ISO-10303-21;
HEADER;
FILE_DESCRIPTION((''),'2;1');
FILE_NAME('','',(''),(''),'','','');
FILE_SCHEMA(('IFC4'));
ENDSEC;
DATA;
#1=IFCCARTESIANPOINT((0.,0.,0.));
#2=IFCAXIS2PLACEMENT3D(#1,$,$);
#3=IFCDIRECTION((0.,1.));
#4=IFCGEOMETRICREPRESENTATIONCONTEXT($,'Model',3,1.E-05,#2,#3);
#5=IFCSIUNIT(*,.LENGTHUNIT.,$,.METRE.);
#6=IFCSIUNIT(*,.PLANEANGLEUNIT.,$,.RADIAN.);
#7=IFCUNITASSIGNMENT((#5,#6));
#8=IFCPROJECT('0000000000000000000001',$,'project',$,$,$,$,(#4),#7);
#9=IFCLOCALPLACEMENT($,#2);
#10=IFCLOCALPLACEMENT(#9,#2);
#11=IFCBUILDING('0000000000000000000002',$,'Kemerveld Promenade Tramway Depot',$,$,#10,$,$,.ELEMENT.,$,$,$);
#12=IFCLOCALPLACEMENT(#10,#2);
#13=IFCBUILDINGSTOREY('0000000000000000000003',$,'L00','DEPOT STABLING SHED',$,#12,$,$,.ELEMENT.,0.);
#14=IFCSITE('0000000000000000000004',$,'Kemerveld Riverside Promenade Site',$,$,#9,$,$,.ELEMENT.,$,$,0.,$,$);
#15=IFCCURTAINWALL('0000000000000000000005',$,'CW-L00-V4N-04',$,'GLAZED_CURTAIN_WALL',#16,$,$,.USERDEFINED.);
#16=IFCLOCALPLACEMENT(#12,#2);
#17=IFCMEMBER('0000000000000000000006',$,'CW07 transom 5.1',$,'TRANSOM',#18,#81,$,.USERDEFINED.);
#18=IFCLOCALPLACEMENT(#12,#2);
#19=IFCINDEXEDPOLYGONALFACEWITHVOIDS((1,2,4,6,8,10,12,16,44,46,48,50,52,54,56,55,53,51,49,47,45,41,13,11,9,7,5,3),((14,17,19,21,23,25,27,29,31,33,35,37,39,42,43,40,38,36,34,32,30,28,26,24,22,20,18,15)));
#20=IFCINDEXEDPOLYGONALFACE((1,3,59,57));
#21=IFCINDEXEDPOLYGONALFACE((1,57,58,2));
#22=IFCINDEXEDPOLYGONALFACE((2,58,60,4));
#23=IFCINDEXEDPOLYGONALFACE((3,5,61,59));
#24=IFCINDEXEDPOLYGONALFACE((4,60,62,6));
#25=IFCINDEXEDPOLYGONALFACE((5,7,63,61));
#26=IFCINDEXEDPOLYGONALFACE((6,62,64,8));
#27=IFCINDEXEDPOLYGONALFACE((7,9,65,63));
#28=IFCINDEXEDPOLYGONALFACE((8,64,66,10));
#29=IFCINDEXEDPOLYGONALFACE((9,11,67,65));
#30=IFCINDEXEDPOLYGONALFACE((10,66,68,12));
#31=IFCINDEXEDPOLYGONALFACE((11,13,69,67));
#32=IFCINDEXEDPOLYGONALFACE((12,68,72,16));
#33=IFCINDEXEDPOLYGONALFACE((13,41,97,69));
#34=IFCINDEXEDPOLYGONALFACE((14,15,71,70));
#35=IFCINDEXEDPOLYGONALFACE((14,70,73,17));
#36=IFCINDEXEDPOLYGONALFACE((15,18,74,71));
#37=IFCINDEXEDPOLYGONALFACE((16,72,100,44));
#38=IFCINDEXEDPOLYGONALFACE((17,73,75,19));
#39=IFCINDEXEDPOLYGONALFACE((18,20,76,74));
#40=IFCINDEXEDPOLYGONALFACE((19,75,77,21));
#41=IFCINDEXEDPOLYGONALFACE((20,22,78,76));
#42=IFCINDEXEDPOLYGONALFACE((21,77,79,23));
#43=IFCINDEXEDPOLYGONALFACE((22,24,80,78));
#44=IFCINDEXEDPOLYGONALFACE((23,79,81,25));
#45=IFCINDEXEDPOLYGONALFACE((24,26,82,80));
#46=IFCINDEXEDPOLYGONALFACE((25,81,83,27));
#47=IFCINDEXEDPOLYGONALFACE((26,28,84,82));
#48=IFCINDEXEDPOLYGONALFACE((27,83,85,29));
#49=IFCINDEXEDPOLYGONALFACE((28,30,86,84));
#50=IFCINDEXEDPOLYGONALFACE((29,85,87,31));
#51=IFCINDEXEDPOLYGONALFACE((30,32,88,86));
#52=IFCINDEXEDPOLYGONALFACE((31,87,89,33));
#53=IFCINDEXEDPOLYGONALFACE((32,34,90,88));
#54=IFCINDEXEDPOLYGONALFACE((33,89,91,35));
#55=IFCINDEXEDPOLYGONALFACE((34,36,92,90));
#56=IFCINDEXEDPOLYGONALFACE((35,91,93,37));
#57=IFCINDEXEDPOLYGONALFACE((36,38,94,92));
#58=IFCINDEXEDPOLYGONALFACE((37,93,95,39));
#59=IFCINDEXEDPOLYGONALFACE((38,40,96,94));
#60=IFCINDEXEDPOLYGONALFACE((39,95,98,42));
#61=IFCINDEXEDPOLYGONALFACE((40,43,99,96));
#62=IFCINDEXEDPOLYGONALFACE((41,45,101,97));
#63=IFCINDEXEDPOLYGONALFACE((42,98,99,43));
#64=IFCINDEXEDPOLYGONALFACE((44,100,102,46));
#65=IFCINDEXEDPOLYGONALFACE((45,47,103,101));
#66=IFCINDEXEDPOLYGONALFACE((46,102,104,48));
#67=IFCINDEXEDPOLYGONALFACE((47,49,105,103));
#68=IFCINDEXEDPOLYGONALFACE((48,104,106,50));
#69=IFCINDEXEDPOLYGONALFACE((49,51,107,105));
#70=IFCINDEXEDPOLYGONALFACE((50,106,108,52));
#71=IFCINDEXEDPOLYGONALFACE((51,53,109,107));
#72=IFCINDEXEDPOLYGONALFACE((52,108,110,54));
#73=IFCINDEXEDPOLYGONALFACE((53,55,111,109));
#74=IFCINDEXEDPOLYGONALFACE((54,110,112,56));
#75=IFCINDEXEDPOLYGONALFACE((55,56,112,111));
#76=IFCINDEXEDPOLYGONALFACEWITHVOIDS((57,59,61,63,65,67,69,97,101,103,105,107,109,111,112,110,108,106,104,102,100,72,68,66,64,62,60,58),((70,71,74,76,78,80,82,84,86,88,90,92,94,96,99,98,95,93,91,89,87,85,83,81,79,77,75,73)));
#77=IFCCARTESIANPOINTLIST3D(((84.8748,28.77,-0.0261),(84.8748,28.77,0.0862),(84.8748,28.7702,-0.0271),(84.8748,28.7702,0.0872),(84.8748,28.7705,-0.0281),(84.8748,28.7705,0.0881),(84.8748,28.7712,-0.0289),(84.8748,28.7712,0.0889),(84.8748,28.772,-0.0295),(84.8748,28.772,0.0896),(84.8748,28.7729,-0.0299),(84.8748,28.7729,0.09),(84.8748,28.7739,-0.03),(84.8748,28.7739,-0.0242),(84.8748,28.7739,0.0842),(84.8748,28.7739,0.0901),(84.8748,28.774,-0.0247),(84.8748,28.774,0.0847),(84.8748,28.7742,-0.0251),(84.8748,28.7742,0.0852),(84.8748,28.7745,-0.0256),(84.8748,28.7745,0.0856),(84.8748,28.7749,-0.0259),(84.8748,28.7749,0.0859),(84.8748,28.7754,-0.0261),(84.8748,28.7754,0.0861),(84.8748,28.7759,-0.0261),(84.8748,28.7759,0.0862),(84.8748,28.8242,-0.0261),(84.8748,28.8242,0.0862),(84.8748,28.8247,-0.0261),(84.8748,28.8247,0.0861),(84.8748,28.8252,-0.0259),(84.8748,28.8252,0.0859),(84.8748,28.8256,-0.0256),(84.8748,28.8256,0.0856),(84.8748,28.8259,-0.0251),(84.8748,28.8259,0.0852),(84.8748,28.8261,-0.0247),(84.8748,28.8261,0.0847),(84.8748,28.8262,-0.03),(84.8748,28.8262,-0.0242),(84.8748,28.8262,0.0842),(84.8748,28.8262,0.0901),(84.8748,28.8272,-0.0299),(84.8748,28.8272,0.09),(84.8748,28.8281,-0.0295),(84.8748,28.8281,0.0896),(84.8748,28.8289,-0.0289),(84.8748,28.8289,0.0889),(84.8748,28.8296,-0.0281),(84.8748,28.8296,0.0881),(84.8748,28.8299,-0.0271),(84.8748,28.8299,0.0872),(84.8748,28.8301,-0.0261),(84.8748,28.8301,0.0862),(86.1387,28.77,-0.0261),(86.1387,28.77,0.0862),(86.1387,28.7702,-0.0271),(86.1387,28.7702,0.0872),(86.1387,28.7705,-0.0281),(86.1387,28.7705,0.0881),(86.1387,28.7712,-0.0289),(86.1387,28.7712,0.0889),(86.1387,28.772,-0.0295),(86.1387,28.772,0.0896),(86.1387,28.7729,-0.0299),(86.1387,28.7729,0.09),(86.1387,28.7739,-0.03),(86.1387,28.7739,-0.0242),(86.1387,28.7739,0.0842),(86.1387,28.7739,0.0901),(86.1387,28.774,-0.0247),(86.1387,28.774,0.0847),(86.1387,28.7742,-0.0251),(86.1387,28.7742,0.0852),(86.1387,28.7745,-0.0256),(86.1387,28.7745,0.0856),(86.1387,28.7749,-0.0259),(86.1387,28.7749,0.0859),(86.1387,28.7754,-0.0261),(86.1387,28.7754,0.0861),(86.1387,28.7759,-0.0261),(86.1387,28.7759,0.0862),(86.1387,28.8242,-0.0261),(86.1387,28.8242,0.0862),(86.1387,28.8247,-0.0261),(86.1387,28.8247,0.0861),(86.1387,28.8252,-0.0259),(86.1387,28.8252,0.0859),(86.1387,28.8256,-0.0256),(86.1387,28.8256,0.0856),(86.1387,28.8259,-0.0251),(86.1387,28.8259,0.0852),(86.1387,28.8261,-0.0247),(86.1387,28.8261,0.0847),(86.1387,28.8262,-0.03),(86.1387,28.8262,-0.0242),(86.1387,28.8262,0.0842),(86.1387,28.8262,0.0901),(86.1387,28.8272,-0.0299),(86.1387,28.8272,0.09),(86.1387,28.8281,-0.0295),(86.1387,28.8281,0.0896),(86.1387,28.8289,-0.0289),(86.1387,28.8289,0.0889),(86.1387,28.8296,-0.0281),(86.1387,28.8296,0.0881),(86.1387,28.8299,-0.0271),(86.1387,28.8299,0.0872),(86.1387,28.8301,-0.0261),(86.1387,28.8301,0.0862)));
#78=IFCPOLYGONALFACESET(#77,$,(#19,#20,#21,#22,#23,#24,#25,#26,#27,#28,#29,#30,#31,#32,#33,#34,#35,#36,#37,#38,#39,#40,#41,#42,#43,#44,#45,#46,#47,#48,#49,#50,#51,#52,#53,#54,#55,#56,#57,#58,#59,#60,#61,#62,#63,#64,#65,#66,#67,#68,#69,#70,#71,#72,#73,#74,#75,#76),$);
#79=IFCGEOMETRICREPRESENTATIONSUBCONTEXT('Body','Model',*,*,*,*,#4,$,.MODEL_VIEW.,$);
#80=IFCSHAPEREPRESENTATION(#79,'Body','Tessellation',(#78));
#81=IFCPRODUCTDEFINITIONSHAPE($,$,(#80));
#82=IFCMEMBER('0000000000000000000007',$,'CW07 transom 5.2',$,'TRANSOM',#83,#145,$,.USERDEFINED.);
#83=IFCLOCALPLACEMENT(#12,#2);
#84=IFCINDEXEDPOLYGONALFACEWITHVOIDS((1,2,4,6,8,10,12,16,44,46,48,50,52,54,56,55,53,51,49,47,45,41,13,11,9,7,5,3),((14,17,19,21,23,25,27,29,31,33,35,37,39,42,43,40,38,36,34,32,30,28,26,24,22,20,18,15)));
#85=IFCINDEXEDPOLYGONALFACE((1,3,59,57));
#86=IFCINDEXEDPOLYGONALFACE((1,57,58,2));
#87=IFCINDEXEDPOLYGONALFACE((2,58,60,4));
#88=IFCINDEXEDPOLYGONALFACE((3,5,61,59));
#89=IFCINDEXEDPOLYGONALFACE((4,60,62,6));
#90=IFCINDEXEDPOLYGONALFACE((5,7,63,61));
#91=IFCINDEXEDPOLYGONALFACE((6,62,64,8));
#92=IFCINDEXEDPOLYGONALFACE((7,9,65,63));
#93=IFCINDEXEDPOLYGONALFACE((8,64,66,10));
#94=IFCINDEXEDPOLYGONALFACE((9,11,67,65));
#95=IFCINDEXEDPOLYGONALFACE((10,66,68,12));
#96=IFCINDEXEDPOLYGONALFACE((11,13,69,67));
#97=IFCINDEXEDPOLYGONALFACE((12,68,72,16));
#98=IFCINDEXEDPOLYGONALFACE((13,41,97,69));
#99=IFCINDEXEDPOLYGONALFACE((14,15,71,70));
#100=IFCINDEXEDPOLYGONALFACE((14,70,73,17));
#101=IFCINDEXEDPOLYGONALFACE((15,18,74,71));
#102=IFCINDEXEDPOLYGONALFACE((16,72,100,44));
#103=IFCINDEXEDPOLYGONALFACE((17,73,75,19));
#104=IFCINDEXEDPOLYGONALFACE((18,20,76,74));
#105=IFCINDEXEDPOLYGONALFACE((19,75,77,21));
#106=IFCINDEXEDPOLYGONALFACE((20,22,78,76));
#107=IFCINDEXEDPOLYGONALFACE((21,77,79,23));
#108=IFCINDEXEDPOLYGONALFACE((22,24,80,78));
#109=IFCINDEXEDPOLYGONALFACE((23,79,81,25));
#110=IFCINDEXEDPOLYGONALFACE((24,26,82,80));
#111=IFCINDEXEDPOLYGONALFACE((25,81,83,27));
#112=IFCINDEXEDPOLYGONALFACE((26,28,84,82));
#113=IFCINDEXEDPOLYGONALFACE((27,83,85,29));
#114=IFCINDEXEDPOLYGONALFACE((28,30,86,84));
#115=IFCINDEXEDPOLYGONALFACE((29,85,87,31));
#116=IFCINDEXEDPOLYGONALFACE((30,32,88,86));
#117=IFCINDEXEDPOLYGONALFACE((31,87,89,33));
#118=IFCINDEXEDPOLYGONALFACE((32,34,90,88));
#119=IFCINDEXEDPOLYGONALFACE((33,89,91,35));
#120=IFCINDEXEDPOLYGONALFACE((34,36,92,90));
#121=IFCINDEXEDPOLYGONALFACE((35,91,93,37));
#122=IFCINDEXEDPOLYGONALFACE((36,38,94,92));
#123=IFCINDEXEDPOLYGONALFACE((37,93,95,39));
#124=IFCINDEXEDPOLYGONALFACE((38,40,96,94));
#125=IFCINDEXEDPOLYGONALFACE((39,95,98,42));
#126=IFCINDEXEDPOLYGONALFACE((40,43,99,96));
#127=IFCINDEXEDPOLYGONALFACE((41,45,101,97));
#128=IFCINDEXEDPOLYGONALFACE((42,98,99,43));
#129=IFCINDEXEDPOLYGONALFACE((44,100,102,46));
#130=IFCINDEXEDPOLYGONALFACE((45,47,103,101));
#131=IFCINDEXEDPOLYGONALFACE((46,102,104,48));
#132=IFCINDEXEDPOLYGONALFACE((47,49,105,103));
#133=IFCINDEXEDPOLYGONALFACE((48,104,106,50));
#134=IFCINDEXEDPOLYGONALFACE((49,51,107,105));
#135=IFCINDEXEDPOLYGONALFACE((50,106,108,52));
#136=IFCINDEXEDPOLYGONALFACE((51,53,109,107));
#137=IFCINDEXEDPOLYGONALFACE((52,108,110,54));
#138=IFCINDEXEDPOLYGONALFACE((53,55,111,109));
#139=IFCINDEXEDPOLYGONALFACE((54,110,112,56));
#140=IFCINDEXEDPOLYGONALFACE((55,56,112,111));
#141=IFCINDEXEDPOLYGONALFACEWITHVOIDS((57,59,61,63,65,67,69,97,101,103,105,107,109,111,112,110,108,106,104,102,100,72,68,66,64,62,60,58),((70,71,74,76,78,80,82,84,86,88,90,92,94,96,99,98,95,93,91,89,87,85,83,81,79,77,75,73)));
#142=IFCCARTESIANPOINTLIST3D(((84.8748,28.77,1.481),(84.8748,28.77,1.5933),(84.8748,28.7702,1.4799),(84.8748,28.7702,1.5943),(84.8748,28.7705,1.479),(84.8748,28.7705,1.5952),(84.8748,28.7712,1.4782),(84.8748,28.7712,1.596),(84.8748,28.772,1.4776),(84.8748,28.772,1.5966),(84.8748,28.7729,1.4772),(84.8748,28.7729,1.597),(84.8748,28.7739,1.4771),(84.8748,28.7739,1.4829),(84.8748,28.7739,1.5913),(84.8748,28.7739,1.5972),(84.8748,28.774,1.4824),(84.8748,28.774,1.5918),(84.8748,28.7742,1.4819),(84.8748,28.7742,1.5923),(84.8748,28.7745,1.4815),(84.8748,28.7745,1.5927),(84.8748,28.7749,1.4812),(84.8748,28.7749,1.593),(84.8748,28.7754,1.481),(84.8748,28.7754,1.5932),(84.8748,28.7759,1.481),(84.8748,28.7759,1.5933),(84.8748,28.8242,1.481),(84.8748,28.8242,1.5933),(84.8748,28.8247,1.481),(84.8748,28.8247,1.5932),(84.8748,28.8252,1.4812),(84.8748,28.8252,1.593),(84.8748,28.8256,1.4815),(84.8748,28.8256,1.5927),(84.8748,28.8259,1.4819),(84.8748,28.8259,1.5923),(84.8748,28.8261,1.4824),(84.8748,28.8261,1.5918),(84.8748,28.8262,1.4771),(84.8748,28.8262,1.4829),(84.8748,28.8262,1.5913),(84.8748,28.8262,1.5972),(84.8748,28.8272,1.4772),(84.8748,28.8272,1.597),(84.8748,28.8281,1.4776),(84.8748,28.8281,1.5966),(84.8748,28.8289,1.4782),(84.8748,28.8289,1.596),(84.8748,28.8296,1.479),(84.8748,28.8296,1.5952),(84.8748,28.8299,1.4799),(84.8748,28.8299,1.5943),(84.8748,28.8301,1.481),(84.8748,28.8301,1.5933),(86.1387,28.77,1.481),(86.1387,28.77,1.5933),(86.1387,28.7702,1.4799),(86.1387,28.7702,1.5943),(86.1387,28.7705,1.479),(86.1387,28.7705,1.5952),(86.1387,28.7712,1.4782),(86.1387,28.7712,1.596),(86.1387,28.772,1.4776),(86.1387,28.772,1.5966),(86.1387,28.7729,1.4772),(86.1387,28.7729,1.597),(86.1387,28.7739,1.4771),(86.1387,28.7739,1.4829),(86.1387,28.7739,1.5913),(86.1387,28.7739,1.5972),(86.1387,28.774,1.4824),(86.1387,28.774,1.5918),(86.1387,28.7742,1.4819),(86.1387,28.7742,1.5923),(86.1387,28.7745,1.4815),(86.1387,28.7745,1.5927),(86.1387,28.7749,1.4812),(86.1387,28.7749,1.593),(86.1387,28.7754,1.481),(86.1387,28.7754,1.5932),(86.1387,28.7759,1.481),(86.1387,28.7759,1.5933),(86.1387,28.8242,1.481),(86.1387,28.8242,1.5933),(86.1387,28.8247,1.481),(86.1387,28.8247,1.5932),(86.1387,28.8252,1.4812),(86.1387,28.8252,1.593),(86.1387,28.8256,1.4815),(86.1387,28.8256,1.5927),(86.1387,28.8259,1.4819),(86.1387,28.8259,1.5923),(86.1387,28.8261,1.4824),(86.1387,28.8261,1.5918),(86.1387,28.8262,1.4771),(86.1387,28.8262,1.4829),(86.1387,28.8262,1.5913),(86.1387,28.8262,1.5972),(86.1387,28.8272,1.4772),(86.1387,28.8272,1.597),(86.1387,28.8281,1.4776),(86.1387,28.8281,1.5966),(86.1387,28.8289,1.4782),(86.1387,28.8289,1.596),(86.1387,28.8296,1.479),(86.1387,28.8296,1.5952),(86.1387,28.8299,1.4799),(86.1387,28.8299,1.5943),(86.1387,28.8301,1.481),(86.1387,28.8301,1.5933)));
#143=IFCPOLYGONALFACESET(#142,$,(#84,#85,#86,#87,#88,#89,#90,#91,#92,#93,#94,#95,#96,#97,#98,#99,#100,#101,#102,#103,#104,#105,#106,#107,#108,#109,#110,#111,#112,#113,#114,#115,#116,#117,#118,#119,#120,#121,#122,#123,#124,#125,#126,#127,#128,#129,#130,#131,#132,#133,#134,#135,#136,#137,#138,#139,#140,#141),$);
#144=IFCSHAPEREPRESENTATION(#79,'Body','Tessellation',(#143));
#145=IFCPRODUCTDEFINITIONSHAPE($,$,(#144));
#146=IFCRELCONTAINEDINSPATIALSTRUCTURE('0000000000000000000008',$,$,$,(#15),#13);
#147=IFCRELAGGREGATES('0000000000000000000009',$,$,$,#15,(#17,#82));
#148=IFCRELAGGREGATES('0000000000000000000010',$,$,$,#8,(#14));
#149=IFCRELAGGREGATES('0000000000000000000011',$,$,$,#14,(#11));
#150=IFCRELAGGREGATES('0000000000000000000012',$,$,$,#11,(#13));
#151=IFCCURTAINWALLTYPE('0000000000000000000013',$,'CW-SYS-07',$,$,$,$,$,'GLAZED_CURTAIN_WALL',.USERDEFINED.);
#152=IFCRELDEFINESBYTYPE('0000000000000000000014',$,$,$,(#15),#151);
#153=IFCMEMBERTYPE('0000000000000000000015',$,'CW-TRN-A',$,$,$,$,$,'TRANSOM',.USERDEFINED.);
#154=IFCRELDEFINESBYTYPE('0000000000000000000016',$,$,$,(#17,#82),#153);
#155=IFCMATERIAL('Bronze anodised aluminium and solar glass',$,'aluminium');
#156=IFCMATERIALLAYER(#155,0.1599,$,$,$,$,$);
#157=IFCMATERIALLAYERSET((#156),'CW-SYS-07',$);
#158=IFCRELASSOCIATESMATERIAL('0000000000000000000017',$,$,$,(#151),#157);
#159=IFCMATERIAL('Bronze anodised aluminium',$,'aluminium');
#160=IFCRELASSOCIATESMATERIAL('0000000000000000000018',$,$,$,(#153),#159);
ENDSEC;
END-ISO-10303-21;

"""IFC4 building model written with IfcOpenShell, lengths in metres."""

from ifc_helpers import new_model, si_unit, direction, frame, origin, origin_2d, place, context, subcontext, project, spatial, hollow_rectangle, extrude, material, layer, layer_set, material_profile, profile_set, type_object, element, aggregate, save


model = new_model("IFC4")

# Units and contexts
model_context = context("Model", 3, precision=1e-05, world=origin(), true_north=direction((0.0, 1.0)))
body_context = subcontext(model_context, "Body", "Model", "MODEL_VIEW")
ifc_project = project(units=[si_unit("LENGTHUNIT", "METRE"), si_unit("PLANEANGLEUNIT", "RADIAN")], contexts=[model_context])

# Site, building, storey
site_placement = place(None, origin())
site = spatial("IfcSite", under=ifc_project, at=site_placement, Name="Kemerveld Riverside Promenade Site", CompositionType="ELEMENT", RefElevation=0.0)
building_placement = place(site_placement, origin())
building = spatial("IfcBuilding", under=site, at=building_placement, Name="Kemerveld Promenade Tramway Depot", CompositionType="ELEMENT")
storey_placement = place(building_placement, origin())
storey = spatial("IfcBuildingStorey", under=building, at=storey_placement, Name="L00", Description="DEPOT STABLING SHED", CompositionType="ELEMENT", Elevation=0.0)

# Curtain wall, members
ifc_material_1 = material(Name="Bronze anodised aluminium and solar glass", Category="aluminium")
ifc_layer_1 = layer(ifc_material_1, 0.1599)
ifc_layer_set_1 = layer_set([ifc_layer_1], Name="CW-SYS-07")
curtain_wall_type = type_object("IfcCurtainWallType", Name="CW-SYS-07", ElementType="GLAZED_CURTAIN_WALL", PredefinedType="USERDEFINED", material=ifc_layer_set_1)
curtain_wall_placement = place(storey_placement, origin())
curtain_wall = element("IfcCurtainWall", 1, at=curtain_wall_placement, inside=storey, type_object=curtain_wall_type, Name="CW-L00-V4N-04", ObjectType="GLAZED_CURTAIN_WALL", PredefinedType="USERDEFINED")
ifc_material_2 = material(Name="Bronze anodised aluminium", Category="aluminium")
ifc_material_profile_1 = material_profile(ifc_material_2, hollow_rectangle(XDim=0.0601, YDim=0.1201, WallThickness=0.0039, InnerFilletRadius=0.002, OuterFilletRadius=0.0039, at=origin_2d()), Name="CW-TRN-120x60")
ifc_profile_set_1 = profile_set([ifc_material_profile_1], Name="Bronze anodised aluminium")
member_type_1 = type_object("IfcMemberType", Name="CW-TRN-A", ElementType="TRANSOM", PredefinedType="USERDEFINED", material=ifc_profile_set_1)
member_1_placement = place(storey_placement, frame((84.8748, 28.8, 0.03), z_axis=(1.0, 0.0, 0.0), x_axis=(0.0, 1.0, 0.0)))
member_1 = element("IfcMember", 2, at=member_1_placement, type_object=member_type_1, Name="CW07 transom 5.1", ObjectType="TRANSOM", PredefinedType="USERDEFINED", context=body_context, shape_type="SweptSolid", body=[
    extrude(hollow_rectangle(XDim=0.0601, YDim=0.1201, WallThickness=0.0039, InnerFilletRadius=0.002, OuterFilletRadius=0.0039, at=origin_2d()), origin(), (0.0, 0.0, 1.0), 1.2639),
])
member_2_placement = place(storey_placement, frame((84.8748, 28.8, 1.5371), z_axis=(1.0, 0.0, 0.0), x_axis=(0.0, 1.0, 0.0)))
member_2 = element("IfcMember", 3, at=member_2_placement, type_object=member_type_1, Name="CW07 transom 5.2", ObjectType="TRANSOM", PredefinedType="USERDEFINED", context=body_context, shape_type="SweptSolid", body=[
    extrude(hollow_rectangle(XDim=0.0601, YDim=0.1201, WallThickness=0.0039, InnerFilletRadius=0.002, OuterFilletRadius=0.0039, at=origin_2d()), origin(), (0.0, 0.0, 1.0), 1.2639),
])
aggregate(curtain_wall, [member_1, member_2])

save(model, "model.ifc")
